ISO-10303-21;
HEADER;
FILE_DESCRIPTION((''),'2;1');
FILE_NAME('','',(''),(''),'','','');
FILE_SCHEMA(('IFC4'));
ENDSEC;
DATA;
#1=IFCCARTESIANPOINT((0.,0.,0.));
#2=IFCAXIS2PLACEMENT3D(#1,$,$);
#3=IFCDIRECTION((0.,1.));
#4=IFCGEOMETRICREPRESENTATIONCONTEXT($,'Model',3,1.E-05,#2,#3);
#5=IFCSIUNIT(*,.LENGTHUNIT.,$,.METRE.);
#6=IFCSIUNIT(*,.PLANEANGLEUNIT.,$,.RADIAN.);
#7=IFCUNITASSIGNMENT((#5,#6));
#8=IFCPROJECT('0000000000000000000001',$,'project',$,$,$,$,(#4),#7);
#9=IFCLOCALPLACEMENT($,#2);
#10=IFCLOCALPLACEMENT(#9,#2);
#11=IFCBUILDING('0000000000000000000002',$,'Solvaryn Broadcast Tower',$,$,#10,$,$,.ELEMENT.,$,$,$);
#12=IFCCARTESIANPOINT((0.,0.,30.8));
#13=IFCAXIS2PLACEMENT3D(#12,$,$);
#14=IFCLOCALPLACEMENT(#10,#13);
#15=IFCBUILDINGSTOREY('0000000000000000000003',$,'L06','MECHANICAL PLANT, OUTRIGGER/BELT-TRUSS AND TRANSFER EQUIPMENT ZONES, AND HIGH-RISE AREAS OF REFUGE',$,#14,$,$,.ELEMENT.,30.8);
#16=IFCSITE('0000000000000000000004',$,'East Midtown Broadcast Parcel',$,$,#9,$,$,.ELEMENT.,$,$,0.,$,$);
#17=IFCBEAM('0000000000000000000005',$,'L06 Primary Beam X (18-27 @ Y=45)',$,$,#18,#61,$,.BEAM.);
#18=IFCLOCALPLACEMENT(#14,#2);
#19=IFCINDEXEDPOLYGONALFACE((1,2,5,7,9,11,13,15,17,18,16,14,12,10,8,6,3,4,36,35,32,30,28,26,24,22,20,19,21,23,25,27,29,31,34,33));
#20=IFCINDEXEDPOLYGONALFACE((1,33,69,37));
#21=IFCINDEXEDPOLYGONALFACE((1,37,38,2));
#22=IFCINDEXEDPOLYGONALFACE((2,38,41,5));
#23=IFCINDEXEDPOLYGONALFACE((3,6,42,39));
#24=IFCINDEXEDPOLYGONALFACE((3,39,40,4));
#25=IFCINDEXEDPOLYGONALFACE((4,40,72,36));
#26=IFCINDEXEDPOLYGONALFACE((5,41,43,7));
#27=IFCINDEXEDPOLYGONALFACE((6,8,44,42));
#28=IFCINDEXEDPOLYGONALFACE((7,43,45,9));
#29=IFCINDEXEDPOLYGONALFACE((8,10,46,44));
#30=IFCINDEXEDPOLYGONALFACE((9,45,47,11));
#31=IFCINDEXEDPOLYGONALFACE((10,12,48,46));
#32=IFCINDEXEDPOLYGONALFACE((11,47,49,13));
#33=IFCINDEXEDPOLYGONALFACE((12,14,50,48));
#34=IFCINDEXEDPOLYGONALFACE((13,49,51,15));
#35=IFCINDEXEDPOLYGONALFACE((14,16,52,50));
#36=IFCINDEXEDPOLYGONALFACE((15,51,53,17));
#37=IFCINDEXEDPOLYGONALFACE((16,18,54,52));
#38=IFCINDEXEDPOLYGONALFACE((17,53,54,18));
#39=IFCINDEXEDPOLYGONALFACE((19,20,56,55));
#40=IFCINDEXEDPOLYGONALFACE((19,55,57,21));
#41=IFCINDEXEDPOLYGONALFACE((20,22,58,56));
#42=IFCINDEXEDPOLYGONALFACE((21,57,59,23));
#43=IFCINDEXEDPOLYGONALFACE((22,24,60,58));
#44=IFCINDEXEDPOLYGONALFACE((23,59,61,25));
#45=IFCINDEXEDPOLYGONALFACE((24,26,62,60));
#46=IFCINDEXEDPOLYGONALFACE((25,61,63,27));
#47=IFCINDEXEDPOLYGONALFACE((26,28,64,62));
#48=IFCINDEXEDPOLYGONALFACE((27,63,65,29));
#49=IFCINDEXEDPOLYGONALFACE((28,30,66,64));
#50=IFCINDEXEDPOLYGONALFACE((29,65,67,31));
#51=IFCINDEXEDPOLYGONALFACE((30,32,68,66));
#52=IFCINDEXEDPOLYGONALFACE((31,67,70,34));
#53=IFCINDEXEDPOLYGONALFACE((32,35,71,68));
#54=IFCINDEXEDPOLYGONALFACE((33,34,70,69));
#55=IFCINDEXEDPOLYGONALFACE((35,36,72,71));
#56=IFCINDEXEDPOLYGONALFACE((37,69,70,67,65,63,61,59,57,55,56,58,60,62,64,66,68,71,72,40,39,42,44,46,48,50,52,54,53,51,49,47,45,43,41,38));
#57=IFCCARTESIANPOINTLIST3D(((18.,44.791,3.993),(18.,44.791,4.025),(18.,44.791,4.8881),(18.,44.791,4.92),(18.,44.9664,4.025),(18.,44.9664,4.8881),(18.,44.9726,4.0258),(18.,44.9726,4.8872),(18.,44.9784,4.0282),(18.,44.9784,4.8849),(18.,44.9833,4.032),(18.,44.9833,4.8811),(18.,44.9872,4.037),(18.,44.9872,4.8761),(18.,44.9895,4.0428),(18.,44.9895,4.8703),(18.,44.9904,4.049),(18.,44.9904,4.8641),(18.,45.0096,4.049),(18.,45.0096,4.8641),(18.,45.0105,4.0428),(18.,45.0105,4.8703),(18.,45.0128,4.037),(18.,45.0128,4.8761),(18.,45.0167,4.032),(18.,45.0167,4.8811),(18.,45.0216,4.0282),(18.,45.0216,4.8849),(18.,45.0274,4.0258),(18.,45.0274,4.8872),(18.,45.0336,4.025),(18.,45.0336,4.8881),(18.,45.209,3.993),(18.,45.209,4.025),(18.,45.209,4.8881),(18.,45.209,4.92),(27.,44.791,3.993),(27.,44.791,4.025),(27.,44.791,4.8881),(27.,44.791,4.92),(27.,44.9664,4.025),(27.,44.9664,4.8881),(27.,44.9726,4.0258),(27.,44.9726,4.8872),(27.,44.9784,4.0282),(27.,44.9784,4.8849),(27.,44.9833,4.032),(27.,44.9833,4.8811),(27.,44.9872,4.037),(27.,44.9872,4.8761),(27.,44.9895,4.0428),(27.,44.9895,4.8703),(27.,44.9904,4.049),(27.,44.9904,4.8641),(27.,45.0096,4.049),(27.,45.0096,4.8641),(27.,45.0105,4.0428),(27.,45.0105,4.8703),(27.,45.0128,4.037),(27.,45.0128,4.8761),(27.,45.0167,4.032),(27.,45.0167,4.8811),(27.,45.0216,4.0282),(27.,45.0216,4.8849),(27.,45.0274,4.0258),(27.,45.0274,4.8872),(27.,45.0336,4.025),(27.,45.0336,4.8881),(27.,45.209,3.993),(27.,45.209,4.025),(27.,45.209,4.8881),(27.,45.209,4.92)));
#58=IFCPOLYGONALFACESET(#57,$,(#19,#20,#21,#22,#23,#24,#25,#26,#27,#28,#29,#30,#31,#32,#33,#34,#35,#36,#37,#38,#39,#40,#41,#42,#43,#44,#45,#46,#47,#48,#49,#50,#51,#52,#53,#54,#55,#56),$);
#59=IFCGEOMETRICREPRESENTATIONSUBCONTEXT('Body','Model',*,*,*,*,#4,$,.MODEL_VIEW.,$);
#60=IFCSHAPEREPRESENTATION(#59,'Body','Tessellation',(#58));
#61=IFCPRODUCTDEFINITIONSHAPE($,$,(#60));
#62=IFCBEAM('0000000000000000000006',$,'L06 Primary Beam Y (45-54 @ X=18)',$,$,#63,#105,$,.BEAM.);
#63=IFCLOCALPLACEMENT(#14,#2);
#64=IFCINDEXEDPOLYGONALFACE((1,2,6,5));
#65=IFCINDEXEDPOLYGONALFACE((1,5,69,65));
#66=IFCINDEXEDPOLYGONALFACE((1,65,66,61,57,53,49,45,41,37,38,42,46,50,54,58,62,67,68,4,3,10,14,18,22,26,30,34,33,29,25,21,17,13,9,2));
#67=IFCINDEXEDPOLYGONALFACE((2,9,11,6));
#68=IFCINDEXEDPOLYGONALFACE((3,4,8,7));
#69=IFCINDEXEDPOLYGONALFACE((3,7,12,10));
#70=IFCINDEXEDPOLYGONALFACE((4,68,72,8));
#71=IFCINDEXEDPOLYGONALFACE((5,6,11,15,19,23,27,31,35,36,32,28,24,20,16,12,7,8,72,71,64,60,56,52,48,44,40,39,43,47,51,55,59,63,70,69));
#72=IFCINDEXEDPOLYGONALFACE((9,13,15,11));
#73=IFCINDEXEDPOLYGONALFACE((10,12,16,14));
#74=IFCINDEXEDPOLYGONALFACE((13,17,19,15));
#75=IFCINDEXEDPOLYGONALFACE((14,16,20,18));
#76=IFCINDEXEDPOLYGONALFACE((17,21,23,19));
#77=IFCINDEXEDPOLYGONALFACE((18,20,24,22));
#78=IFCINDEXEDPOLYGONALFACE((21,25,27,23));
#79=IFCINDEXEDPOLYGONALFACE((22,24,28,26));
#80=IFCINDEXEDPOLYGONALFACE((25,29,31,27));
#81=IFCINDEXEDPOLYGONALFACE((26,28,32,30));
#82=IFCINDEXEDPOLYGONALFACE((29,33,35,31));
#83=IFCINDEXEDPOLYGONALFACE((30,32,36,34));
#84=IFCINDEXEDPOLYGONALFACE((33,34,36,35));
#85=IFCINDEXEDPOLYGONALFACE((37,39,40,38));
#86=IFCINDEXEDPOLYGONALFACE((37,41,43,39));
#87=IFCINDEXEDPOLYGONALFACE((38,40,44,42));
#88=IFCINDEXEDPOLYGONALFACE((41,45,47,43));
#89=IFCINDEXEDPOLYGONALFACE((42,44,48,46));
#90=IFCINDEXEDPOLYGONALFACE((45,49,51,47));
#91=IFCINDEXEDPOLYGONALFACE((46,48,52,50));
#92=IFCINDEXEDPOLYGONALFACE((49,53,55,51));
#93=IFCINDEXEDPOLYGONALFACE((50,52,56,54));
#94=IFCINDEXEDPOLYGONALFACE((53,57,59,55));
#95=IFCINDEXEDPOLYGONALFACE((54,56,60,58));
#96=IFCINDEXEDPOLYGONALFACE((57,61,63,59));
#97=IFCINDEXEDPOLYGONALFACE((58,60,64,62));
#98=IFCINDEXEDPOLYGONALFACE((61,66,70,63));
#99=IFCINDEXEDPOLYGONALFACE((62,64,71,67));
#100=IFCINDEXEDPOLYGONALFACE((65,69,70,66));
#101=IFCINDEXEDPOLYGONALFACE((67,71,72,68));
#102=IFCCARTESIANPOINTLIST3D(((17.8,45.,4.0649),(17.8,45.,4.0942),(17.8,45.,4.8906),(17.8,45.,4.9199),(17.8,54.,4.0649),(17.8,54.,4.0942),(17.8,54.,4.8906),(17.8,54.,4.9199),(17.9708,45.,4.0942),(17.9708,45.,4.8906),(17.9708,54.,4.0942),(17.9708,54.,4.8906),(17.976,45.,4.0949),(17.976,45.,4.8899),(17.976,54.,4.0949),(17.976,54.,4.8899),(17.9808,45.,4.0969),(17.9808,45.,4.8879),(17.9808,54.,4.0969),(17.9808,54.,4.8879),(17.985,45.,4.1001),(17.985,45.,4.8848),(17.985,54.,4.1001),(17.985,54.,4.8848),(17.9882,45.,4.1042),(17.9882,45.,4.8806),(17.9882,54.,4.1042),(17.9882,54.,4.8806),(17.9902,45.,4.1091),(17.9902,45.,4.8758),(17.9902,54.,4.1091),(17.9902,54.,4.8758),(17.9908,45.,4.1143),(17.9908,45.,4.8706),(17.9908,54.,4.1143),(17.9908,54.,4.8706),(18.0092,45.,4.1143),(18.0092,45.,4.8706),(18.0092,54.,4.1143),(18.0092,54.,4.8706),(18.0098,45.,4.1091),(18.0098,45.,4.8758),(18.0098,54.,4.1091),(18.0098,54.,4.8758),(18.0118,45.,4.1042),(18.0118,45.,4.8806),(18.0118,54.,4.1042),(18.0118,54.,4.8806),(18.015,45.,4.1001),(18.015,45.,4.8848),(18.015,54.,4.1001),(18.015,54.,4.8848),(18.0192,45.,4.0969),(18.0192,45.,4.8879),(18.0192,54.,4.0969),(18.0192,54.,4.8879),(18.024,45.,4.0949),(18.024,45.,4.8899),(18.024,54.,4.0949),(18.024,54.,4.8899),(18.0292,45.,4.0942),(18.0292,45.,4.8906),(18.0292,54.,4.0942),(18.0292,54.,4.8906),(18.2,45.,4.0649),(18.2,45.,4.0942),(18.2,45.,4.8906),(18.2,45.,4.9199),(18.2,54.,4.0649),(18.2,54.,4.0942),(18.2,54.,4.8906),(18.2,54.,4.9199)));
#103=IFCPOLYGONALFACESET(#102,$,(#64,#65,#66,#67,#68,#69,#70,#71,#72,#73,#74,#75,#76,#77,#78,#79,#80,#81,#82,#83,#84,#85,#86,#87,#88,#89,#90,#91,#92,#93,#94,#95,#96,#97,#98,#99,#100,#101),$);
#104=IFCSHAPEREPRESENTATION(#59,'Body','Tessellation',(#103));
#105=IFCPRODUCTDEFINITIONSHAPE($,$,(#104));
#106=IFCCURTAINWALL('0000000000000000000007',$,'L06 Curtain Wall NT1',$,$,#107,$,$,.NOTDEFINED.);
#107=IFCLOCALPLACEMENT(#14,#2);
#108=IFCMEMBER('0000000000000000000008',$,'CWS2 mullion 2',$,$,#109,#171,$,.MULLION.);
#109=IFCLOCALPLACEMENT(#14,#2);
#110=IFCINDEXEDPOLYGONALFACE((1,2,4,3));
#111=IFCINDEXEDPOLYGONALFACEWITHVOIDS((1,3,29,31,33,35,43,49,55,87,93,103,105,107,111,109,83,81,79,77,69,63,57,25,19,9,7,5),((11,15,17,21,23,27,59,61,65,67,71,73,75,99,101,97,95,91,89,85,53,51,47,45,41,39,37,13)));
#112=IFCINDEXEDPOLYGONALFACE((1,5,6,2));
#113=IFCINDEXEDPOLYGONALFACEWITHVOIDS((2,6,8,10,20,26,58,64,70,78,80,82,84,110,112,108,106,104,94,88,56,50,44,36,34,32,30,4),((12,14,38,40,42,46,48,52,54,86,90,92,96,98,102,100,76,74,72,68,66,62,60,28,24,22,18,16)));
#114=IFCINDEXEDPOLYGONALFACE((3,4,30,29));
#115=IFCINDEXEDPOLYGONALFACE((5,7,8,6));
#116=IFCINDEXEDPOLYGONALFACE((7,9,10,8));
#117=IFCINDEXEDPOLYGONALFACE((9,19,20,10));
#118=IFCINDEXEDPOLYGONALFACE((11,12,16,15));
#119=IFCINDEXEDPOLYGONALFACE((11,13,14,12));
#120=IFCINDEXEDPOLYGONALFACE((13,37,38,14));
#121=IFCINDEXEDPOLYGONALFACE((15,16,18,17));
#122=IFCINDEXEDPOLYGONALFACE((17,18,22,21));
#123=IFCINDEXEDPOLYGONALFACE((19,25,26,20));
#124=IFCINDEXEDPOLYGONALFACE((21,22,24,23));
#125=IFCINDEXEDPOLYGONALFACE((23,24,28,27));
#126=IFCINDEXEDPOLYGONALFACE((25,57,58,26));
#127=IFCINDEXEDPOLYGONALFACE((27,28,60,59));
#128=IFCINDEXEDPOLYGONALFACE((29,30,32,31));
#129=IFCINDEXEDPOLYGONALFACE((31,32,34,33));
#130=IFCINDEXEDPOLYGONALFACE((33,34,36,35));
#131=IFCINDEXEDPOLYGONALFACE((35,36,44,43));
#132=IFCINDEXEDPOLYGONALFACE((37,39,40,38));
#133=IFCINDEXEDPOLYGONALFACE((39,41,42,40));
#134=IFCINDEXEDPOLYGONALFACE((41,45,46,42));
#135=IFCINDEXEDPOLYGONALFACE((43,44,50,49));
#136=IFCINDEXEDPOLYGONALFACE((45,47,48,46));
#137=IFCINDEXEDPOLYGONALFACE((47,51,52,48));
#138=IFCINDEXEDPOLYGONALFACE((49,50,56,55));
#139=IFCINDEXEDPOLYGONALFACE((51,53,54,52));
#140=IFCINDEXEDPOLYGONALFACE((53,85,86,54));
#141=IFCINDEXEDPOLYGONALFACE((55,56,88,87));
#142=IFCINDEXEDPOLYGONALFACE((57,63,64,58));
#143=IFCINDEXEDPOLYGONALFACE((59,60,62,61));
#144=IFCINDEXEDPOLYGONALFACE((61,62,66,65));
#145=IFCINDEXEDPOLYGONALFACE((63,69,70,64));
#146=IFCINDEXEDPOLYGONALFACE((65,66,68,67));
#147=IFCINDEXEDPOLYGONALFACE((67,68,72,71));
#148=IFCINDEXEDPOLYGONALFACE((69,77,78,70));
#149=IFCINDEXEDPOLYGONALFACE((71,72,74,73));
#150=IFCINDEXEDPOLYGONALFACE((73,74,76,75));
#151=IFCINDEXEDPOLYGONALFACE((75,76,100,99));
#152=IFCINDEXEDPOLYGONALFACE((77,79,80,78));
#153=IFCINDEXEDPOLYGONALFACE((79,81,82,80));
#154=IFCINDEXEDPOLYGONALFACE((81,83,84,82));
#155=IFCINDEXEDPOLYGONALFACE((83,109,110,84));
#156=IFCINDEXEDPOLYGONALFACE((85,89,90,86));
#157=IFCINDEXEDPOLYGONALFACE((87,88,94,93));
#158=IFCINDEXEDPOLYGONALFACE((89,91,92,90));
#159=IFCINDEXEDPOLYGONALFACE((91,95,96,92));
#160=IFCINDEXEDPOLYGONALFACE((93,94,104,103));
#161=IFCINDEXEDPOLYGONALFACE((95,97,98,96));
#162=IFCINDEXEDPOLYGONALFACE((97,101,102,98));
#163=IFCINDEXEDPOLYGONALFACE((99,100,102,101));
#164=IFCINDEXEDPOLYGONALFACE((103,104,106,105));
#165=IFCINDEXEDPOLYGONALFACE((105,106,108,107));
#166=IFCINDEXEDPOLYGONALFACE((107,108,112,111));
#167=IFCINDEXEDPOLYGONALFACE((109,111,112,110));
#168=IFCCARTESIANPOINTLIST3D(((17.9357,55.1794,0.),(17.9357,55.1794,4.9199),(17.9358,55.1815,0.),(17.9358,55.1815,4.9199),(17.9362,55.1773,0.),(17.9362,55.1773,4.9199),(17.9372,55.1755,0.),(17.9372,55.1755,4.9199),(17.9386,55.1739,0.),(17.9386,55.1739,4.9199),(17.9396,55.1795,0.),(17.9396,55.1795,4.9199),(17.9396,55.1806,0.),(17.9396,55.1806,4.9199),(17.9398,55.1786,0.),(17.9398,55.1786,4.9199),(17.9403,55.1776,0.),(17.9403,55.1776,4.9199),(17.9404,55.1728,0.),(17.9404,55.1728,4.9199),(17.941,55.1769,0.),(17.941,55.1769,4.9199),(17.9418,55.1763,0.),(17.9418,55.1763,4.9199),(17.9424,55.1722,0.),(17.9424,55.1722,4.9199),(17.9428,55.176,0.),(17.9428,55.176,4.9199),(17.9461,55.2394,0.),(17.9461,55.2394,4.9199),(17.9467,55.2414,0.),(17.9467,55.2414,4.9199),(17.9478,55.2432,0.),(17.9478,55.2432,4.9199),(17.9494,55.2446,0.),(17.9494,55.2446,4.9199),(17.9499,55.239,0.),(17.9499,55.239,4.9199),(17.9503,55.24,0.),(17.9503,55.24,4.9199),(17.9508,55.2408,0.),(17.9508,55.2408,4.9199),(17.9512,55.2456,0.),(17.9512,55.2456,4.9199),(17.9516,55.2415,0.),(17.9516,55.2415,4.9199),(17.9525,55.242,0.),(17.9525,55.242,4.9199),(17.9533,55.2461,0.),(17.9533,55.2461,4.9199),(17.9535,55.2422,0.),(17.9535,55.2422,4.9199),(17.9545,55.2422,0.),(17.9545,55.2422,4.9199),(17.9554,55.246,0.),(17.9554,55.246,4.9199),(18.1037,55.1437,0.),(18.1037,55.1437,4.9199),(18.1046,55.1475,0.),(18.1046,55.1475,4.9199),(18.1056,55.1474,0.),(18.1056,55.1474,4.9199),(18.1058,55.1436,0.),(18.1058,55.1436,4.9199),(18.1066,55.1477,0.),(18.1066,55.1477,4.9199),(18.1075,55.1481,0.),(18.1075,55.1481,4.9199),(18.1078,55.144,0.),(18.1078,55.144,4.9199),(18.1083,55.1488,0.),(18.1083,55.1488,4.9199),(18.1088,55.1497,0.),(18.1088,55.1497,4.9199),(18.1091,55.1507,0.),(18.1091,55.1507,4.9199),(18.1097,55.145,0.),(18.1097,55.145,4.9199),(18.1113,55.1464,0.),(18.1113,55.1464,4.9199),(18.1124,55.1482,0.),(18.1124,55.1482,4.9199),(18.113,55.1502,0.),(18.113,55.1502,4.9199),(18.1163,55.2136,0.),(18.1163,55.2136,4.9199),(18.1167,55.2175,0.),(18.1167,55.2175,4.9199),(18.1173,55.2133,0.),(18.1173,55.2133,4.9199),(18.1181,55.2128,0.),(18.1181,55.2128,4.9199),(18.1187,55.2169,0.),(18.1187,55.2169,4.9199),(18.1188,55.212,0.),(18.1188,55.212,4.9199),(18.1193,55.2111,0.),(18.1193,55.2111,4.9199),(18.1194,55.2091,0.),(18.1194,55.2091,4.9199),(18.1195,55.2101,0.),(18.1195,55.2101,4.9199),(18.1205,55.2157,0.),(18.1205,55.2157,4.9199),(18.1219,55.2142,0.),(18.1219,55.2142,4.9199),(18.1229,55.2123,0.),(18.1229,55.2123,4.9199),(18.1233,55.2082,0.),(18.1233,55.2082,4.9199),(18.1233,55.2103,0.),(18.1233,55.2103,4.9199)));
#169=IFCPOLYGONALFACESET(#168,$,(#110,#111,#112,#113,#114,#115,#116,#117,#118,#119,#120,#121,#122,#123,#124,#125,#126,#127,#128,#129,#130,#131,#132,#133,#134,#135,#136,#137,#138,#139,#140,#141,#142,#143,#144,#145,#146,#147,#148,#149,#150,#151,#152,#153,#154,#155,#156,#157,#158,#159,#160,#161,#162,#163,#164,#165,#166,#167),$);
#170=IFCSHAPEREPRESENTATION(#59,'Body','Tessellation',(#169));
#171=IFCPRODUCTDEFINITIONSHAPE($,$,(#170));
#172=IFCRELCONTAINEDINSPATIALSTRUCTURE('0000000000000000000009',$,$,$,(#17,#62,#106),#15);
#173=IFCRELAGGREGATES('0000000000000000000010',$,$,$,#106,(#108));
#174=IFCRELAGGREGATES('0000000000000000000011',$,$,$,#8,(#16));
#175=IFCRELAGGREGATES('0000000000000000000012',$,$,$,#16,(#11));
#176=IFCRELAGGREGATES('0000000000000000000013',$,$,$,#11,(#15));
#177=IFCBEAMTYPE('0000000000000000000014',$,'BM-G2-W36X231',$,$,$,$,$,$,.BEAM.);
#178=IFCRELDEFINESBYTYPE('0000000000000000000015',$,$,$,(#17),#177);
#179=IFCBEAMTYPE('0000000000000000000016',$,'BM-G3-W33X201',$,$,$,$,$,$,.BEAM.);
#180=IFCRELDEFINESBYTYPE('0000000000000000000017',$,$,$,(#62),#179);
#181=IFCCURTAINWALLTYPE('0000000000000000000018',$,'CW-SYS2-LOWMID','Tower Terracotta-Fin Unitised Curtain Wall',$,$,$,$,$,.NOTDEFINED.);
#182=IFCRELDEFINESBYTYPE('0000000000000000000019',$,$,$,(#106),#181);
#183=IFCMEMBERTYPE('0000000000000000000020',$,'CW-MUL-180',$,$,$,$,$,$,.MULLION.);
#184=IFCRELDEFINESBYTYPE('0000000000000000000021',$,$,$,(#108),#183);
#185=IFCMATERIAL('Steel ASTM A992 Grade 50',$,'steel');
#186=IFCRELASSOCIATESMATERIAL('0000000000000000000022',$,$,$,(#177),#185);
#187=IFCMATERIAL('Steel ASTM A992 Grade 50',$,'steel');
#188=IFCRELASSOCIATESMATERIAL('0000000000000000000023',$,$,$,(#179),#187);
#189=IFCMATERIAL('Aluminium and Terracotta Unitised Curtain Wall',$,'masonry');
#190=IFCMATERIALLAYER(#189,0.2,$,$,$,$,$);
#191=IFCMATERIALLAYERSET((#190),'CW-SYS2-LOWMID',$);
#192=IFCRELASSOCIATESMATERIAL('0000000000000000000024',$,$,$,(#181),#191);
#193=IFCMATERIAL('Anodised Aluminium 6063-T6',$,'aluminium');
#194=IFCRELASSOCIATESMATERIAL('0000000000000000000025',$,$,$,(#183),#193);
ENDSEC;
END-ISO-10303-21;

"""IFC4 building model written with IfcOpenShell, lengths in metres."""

from ifc_helpers import new_model, si_unit, direction, frame, origin, origin_2d, place, context, subcontext, project, spatial, hollow_rectangle, i_section, extrude, material, layer, layer_set, material_profile, profile_set, type_object, element, aggregate, save


model = new_model("IFC4")

# Units and contexts
model_context = context("Model", 3, precision=1e-05, world=origin(), true_north=direction((0.0, 1.0)))
body_context = subcontext(model_context, "Body", "Model", "MODEL_VIEW")
ifc_project = project(units=[si_unit("LENGTHUNIT", "METRE"), si_unit("PLANEANGLEUNIT", "RADIAN")], contexts=[model_context])

# Site, building, storey
site_placement = place(None, origin())
site = spatial("IfcSite", under=ifc_project, at=site_placement, Name="East Midtown Broadcast Parcel", CompositionType="ELEMENT", RefElevation=0.0)
building_placement = place(site_placement, origin())
building = spatial("IfcBuilding", under=site, at=building_placement, Name="Solvaryn Broadcast Tower", CompositionType="ELEMENT")
storey_placement = place(building_placement, frame((0.0, 0.0, 30.8)))
storey = spatial("IfcBuildingStorey", under=building, at=storey_placement, Name="L06", Description="MECHANICAL PLANT, OUTRIGGER/BELT-TRUSS AND TRANSFER EQUIPMENT ZONES, AND HIGH-RISE AREAS OF REFUGE", CompositionType="ELEMENT", Elevation=30.8)

# Beams
ifc_material_1 = material(Name="Steel ASTM A992 Grade 50", Category="steel")
ifc_material_profile_1 = material_profile(ifc_material_1, i_section(OverallWidth=0.418, OverallDepth=0.927, WebThickness=0.0193, FlangeThickness=0.032, FilletRadius=0.0239, at=origin_2d()))
ifc_profile_set_1 = profile_set([ifc_material_profile_1], Name="Steel ASTM A992 Grade 50")
beam_type_1 = type_object("IfcBeamType", Name="BM-G2-W36X231", PredefinedType="BEAM", material=ifc_profile_set_1)
beam_1_placement = place(storey_placement, frame((18.0, 45.0, 4.4565), z_axis=(1.0, 0.0, 0.0), x_axis=(0.0, 1.0, 0.0)))
element("IfcBeam", 1, at=beam_1_placement, inside=storey, type_object=beam_type_1, Name="L06 Primary Beam X (18-27 @ Y=45)", PredefinedType="BEAM", context=body_context, shape_type="SweptSolid", body=[
    extrude(i_section(OverallWidth=0.418, OverallDepth=0.927, WebThickness=0.0193, FlangeThickness=0.032, FilletRadius=0.0239, at=origin_2d()), origin(), (0.0, 0.0, 1.0), 9.0),
])
ifc_material_2 = material(Name="Steel ASTM A992 Grade 50", Category="steel")
ifc_material_profile_2 = material_profile(ifc_material_2, i_section(OverallWidth=0.3999, OverallDepth=0.855, WebThickness=0.0183, FlangeThickness=0.0293, FilletRadius=0.02, at=origin_2d()))
ifc_profile_set_2 = profile_set([ifc_material_profile_2], Name="Steel ASTM A992 Grade 50")
beam_type_2 = type_object("IfcBeamType", Name="BM-G3-W33X201", PredefinedType="BEAM", material=ifc_profile_set_2)
beam_2_placement = place(storey_placement, frame((18.0, 45.0, 4.4924), z_axis=(0.0, 1.0, 0.0), x_axis=(-1.0, 0.0, 0.0)))
element("IfcBeam", 2, at=beam_2_placement, inside=storey, type_object=beam_type_2, Name="L06 Primary Beam Y (45-54 @ X=18)", PredefinedType="BEAM", context=body_context, shape_type="SweptSolid", body=[
    extrude(i_section(OverallWidth=0.3999, OverallDepth=0.855, WebThickness=0.0183, FlangeThickness=0.0293, FilletRadius=0.02, at=origin_2d()), origin(), (0.0, 0.0, 1.0), 9.0),
])

# Curtain wall, member
ifc_material_3 = material(Name="Aluminium and Terracotta Unitised Curtain Wall", Category="masonry")
ifc_layer_1 = layer(ifc_material_3, 0.2)
ifc_layer_set_1 = layer_set([ifc_layer_1], Name="CW-SYS2-LOWMID")
curtain_wall_type = type_object("IfcCurtainWallType", Name="CW-SYS2-LOWMID", Description="Tower Terracotta-Fin Unitised Curtain Wall", PredefinedType="NOTDEFINED", material=ifc_layer_set_1)
curtain_wall_1_placement = place(storey_placement, origin())
curtain_wall_1 = element("IfcCurtainWall", 3, at=curtain_wall_1_placement, inside=storey, type_object=curtain_wall_type, Name="L06 Curtain Wall NT1", PredefinedType="NOTDEFINED")
ifc_material_4 = material(Name="Anodised Aluminium 6063-T6", Category="aluminium")
ifc_material_profile_3 = material_profile(ifc_material_4, hollow_rectangle(XDim=0.075, YDim=0.1799, WallThickness=0.0039, InnerFilletRadius=0.0039, OuterFilletRadius=0.0081, at=origin_2d()))
ifc_profile_set_3 = profile_set([ifc_material_profile_3], Name="Anodised Aluminium 6063-T6")
member_type_1 = type_object("IfcMemberType", Name="CW-MUL-180", PredefinedType="MULLION", material=ifc_profile_set_3)
member_1_placement = place(storey_placement, frame((18.0295, 55.1948, 0.0), z_axis=(0.0, 0.0, 1.0), x_axis=(-0.173785, -0.984784, 0.0)))
member_1 = element("IfcMember", 4, at=member_1_placement, type_object=member_type_1, Name="CWS2 mullion 2", PredefinedType="MULLION", context=body_context, shape_type="SweptSolid", body=[
    extrude(hollow_rectangle(XDim=0.075, YDim=0.1799, WallThickness=0.0039, InnerFilletRadius=0.0039, OuterFilletRadius=0.0081, at=origin_2d()), origin(), (0.0, 0.0, 1.0), 4.9199),
])

aggregate(curtain_wall_1, [member_1])

save(model, "model.ifc")
